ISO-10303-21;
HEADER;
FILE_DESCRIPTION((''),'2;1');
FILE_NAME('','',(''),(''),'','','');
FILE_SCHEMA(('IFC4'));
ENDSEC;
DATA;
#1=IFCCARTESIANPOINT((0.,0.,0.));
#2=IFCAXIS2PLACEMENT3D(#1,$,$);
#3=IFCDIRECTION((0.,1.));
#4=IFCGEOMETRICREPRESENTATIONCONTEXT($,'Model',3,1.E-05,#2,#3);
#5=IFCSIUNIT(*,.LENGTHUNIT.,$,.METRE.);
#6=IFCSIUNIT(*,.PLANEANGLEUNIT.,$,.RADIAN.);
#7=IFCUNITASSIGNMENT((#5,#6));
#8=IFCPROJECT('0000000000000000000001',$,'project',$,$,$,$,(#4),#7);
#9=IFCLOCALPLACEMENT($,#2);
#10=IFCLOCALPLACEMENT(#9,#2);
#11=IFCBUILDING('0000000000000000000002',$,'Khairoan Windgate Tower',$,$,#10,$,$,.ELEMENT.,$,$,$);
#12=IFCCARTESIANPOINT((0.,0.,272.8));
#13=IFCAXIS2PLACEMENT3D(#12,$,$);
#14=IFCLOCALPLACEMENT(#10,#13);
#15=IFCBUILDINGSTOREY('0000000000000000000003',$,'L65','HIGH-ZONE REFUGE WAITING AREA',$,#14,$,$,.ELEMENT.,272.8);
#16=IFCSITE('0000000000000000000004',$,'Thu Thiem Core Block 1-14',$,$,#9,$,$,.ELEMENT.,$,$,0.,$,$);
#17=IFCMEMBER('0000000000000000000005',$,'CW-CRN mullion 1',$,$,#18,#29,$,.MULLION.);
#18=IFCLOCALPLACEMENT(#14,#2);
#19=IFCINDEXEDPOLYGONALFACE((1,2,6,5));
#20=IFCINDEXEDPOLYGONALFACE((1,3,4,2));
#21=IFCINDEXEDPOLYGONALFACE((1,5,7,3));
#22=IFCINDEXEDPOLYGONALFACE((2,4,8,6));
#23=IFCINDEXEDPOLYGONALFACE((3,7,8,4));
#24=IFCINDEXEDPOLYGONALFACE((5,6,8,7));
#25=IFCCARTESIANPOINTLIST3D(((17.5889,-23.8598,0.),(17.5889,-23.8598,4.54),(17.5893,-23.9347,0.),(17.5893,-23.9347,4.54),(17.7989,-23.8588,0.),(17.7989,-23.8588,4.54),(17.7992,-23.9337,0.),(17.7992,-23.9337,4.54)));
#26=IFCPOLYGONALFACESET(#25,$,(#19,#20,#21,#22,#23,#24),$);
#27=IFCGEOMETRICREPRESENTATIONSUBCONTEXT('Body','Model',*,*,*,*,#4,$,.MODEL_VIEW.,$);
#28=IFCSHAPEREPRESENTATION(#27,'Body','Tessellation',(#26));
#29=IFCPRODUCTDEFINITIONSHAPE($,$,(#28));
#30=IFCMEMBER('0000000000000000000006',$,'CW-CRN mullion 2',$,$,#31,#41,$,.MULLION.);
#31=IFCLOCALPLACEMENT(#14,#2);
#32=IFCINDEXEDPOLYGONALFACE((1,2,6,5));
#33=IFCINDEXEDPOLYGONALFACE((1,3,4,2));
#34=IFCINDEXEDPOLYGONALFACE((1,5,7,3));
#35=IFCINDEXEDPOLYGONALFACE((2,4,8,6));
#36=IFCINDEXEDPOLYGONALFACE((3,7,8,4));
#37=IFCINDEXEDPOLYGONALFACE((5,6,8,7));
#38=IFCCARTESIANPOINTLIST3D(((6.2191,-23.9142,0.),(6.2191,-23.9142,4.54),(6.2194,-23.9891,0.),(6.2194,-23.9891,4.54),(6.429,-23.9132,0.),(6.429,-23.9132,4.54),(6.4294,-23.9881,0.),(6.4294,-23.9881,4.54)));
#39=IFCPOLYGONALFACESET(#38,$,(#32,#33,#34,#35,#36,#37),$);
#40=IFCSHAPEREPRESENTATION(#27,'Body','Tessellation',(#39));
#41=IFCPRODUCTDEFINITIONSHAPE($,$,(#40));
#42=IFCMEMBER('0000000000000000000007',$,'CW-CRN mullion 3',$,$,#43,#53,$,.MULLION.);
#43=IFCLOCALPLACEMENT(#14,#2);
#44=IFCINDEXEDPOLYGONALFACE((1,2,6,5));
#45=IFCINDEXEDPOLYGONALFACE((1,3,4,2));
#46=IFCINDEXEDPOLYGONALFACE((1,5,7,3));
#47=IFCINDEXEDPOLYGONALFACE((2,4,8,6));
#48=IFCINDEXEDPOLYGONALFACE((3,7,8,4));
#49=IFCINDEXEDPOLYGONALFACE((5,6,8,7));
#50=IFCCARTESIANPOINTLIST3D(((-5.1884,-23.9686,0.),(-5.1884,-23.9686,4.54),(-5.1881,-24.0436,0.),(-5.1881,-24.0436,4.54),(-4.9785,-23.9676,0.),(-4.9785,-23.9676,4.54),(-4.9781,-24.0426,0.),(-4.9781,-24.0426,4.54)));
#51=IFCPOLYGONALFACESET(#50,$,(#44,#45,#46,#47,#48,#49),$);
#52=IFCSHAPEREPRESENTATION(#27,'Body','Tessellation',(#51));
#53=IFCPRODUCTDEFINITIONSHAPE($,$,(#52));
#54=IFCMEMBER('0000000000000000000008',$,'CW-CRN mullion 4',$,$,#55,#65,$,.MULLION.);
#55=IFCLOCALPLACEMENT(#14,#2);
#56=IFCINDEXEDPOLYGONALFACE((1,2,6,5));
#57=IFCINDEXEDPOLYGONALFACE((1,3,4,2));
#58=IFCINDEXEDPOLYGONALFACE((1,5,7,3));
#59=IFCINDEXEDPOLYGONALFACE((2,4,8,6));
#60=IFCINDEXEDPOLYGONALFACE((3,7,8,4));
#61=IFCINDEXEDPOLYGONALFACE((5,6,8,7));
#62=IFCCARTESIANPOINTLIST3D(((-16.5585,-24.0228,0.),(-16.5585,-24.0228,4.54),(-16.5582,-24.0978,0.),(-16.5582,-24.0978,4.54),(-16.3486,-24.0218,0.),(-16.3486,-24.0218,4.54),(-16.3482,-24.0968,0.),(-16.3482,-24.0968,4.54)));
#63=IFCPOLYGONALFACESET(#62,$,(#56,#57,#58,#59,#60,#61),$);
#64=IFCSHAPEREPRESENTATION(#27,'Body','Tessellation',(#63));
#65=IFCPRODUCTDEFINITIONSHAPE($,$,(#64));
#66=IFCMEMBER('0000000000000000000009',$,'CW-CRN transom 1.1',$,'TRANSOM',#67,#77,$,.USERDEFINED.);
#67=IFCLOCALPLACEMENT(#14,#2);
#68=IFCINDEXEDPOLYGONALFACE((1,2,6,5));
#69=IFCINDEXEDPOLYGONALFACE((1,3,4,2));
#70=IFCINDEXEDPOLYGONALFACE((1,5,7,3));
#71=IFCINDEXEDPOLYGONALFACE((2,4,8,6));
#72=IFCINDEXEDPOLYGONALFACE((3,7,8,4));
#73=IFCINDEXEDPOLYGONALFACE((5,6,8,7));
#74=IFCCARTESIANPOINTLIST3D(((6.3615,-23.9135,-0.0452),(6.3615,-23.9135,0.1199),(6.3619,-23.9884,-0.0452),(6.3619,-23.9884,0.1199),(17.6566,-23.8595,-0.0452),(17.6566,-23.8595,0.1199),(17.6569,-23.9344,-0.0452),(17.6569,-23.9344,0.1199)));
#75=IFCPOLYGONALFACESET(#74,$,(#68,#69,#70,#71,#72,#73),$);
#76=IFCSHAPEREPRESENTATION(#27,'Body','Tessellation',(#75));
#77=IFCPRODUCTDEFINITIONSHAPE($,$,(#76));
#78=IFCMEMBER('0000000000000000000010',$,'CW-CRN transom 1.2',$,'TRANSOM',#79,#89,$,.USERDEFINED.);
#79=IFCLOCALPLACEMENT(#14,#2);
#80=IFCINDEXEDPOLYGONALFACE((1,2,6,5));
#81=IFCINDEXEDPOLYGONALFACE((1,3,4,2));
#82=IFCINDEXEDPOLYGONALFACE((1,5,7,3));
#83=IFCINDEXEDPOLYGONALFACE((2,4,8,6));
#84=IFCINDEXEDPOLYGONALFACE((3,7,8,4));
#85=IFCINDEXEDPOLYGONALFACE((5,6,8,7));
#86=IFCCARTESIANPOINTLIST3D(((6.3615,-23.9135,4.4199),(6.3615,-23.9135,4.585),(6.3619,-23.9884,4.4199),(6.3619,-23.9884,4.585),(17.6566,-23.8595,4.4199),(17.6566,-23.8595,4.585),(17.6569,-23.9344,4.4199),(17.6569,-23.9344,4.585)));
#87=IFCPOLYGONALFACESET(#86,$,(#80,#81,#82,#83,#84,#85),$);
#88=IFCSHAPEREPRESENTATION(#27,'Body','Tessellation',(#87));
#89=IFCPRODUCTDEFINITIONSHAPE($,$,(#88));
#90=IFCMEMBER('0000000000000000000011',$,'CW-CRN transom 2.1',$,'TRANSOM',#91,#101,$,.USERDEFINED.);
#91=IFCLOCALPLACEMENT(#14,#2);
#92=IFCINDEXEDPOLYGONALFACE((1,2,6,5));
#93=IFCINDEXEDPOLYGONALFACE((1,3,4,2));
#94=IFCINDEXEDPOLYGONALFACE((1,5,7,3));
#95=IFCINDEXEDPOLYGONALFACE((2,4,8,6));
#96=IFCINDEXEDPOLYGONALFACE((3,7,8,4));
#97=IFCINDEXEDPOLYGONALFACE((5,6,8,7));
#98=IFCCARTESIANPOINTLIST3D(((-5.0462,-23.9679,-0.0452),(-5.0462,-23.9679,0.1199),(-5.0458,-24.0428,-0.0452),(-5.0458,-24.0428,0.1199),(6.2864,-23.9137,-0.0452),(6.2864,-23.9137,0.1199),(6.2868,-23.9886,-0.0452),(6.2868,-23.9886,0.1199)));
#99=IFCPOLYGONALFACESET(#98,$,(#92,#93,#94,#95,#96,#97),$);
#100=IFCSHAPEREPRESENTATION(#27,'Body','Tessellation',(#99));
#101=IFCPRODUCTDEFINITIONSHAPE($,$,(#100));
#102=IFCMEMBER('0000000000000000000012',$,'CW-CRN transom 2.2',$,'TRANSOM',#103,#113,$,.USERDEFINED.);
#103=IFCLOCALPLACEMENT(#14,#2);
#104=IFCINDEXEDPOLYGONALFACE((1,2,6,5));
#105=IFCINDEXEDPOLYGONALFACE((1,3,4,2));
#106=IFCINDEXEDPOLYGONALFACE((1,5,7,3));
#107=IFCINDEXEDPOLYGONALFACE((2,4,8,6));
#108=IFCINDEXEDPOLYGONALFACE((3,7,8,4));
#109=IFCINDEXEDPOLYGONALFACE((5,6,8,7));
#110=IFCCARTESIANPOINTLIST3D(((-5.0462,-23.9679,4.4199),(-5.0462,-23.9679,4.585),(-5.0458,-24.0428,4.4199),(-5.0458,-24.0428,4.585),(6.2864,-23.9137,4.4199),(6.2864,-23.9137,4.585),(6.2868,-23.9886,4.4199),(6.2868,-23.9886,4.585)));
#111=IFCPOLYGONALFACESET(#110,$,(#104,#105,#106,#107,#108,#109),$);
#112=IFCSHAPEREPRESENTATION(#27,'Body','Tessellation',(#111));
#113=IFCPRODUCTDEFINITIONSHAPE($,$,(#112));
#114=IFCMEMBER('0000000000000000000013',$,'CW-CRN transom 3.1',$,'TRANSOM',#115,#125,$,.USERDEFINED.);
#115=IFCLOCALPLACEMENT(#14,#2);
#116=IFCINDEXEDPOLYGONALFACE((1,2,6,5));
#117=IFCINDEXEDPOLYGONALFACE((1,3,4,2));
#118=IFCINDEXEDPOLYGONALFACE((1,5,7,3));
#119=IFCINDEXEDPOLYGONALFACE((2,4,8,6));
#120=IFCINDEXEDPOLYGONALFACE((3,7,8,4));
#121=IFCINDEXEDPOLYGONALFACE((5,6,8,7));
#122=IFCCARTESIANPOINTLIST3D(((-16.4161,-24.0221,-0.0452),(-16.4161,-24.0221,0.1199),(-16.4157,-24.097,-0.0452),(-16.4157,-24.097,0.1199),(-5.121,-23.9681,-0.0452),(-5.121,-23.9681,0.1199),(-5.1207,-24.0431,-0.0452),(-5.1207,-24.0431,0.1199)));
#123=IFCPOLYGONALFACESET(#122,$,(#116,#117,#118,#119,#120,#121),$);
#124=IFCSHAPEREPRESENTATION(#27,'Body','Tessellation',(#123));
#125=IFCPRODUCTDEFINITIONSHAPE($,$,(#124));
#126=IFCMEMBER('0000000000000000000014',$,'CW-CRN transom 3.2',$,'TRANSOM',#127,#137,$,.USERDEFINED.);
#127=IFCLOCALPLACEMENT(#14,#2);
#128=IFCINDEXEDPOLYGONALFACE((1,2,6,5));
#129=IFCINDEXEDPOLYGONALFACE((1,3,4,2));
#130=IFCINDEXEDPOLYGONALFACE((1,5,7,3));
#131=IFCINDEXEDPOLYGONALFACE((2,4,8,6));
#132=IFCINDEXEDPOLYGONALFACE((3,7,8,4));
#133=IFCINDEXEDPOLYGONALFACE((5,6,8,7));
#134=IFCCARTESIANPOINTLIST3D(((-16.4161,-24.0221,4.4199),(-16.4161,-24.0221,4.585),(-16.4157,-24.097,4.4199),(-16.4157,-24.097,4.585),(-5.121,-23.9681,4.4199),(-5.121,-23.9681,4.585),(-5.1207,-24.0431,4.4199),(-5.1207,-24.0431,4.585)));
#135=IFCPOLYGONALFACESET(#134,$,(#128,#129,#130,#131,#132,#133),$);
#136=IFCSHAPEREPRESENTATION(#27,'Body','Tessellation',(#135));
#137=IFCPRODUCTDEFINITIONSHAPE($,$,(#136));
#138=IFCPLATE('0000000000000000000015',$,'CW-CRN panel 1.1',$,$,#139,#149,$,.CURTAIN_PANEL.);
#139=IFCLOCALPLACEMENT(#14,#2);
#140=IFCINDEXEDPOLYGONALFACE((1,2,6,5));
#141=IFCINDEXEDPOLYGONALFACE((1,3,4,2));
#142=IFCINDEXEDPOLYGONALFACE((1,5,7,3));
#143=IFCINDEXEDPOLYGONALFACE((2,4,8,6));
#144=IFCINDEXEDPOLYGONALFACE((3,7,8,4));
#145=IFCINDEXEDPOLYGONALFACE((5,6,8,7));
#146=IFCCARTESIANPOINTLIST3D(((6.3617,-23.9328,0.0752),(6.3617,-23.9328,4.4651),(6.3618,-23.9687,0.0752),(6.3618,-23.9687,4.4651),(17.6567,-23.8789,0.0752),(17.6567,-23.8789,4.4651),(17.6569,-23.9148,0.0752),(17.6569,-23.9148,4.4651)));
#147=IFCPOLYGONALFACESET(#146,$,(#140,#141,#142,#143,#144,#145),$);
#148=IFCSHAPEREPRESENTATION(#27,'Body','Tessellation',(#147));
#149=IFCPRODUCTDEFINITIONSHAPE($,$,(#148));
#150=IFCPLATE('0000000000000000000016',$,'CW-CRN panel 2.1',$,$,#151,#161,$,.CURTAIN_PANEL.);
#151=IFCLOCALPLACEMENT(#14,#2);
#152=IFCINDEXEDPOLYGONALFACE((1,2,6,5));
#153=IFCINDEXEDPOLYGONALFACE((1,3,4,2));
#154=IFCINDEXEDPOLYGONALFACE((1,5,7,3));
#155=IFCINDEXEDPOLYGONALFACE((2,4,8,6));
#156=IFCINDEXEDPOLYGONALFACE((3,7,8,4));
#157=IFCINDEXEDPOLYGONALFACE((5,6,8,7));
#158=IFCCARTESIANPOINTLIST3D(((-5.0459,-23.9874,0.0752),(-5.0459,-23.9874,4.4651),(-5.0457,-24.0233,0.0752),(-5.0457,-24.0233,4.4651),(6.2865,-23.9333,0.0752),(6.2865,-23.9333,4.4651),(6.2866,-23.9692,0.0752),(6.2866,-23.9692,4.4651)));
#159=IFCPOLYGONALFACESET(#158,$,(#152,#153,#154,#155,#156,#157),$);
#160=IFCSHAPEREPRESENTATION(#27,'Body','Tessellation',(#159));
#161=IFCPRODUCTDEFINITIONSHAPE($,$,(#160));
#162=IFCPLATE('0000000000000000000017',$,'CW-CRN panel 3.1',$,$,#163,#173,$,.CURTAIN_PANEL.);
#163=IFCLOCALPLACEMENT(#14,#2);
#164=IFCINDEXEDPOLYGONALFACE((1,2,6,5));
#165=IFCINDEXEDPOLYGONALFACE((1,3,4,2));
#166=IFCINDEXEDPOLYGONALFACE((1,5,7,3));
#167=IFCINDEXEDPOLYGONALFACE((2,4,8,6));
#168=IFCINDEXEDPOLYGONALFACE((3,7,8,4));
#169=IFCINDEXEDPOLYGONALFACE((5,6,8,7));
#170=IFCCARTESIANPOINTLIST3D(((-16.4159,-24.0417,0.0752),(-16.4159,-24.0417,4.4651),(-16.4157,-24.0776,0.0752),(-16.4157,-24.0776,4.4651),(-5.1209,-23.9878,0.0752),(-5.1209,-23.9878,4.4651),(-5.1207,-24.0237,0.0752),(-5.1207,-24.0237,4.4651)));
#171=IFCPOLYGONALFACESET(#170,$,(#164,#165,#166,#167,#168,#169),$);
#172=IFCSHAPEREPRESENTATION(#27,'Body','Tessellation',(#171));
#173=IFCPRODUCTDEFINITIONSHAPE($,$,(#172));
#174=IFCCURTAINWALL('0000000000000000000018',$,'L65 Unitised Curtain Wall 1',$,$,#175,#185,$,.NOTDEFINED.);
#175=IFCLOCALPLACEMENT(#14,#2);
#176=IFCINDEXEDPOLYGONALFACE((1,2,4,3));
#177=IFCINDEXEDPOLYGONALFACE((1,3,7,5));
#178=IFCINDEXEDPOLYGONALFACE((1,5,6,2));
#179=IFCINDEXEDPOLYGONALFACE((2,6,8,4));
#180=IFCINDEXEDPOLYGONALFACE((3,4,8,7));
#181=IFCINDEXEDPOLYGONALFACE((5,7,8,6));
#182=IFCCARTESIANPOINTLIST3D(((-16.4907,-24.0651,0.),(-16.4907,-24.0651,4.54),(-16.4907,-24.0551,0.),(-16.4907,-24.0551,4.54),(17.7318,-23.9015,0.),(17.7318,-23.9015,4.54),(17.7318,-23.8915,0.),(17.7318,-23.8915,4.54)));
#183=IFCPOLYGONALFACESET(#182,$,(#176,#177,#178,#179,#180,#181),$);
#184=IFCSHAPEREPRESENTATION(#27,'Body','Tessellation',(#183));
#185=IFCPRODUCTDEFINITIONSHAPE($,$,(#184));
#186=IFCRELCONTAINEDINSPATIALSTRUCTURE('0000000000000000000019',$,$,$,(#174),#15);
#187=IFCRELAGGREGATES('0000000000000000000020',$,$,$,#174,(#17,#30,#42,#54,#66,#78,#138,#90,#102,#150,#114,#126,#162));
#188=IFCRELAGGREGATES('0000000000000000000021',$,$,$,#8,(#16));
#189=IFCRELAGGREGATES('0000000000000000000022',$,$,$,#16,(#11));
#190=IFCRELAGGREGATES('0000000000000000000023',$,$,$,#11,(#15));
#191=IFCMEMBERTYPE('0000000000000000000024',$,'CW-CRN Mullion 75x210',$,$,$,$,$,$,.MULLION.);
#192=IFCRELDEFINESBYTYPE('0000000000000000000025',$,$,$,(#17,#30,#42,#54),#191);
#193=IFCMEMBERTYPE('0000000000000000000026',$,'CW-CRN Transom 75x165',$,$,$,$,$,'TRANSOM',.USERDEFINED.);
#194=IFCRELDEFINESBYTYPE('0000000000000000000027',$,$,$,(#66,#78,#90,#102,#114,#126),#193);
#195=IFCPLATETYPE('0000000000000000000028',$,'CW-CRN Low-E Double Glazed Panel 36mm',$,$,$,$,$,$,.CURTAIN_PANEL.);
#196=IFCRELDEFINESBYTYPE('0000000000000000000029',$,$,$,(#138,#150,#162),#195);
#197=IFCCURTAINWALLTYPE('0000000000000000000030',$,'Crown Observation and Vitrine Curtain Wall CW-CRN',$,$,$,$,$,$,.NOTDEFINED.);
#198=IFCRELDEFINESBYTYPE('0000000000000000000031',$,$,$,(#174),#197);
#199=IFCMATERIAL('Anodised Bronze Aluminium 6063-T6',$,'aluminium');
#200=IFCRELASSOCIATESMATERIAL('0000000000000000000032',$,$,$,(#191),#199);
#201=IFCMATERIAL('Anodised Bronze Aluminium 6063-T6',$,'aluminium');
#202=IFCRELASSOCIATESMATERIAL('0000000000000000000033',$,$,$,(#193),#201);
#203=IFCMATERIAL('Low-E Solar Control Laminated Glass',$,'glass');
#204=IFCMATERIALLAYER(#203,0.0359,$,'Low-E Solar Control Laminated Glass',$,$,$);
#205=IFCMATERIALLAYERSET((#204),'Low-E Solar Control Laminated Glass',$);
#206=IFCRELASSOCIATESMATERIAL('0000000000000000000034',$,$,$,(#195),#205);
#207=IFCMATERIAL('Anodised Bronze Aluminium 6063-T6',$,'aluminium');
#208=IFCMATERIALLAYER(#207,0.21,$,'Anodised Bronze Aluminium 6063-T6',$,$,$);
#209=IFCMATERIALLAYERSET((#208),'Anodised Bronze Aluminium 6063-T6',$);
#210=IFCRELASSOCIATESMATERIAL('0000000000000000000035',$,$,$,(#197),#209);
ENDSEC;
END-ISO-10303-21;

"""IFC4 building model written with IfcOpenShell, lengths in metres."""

from ifc_helpers import new_model, si_unit, direction, frame, frame_2d, origin, origin_2d, place, context, subcontext, project, spatial, rectangle, extrude, material, layer, layer_set, material_profile, profile_set, type_object, element, aggregate, save


model = new_model("IFC4")

# Units and contexts
model_context = context("Model", 3, precision=1e-05, world=origin(), true_north=direction((0.0, 1.0)))
body_context = subcontext(model_context, "Body", "Model", "MODEL_VIEW")
ifc_project = project(units=[si_unit("LENGTHUNIT", "METRE"), si_unit("PLANEANGLEUNIT", "RADIAN")], contexts=[model_context])

# Site, building, storey
site_placement = place(None, origin())
site = spatial("IfcSite", under=ifc_project, at=site_placement, Name="Thu Thiem Core Block 1-14", CompositionType="ELEMENT", RefElevation=0.0)
building_placement = place(site_placement, origin())
building = spatial("IfcBuilding", under=site, at=building_placement, Name="Khairoan Windgate Tower", CompositionType="ELEMENT")
storey_placement = place(building_placement, frame((0.0, 0.0, 272.8)))
storey = spatial("IfcBuildingStorey", under=building, at=storey_placement, Name="L65", Description="HIGH-ZONE REFUGE WAITING AREA", CompositionType="ELEMENT", Elevation=272.8)

# Members
ifc_material_1 = material(Name="Anodised Bronze Aluminium 6063-T6", Category="aluminium")
ifc_material_profile_1 = material_profile(ifc_material_1, rectangle(XDim=0.075, YDim=0.21, at=origin_2d()))
ifc_profile_set_1 = profile_set([ifc_material_profile_1], Name="Anodised Bronze Aluminium 6063-T6")
member_type_1 = type_object("IfcMemberType", Name="CW-CRN Mullion 75x210", PredefinedType="MULLION", material=ifc_profile_set_1)
member_1_placement = place(storey_placement, frame((17.6941, -23.8967, 0.0), z_axis=(0.0, 0.0, 1.0), x_axis=(0.004775, -0.999989, 0.0)))
member_1 = element("IfcMember", 1, at=member_1_placement, type_object=member_type_1, Name="CW-CRN mullion 1", PredefinedType="MULLION", context=body_context, shape_type="SweptSolid", body=[
    extrude(rectangle(XDim=0.075, YDim=0.21, at=origin_2d()), origin(), (0.0, 0.0, 1.0), 4.54),
])
member_2_placement = place(storey_placement, frame((6.3242, -23.9512, 0.0), z_axis=(0.0, 0.0, 1.0), x_axis=(0.004775, -0.999989, 0.0)))
member_2 = element("IfcMember", 2, at=member_2_placement, type_object=member_type_1, Name="CW-CRN mullion 2", PredefinedType="MULLION", context=body_context, shape_type="SweptSolid", body=[
    extrude(rectangle(XDim=0.075, YDim=0.21, at=origin_2d()), origin(), (0.0, 0.0, 1.0), 4.54),
])
member_3_placement = place(storey_placement, frame((-5.0833, -24.0056, 0.0), z_axis=(0.0, 0.0, 1.0), x_axis=(0.004775, -0.999989, 0.0)))
member_3 = element("IfcMember", 3, at=member_3_placement, type_object=member_type_1, Name="CW-CRN mullion 3", PredefinedType="MULLION", context=body_context, shape_type="SweptSolid", body=[
    extrude(rectangle(XDim=0.075, YDim=0.21, at=origin_2d()), origin(), (0.0, 0.0, 1.0), 4.54),
])
member_4_placement = place(storey_placement, frame((-16.4534, -24.0598, 0.0), z_axis=(0.0, 0.0, 1.0), x_axis=(0.004775, -0.999989, 0.0)))
member_4 = element("IfcMember", 4, at=member_4_placement, type_object=member_type_1, Name="CW-CRN mullion 4", PredefinedType="MULLION", context=body_context, shape_type="SweptSolid", body=[
    extrude(rectangle(XDim=0.075, YDim=0.21, at=origin_2d()), origin(), (0.0, 0.0, 1.0), 4.54),
])
ifc_material_2 = material(Name="Anodised Bronze Aluminium 6063-T6", Category="aluminium")
ifc_material_profile_2 = material_profile(ifc_material_2, rectangle(XDim=0.075, YDim=0.165, at=origin_2d()))
ifc_profile_set_2 = profile_set([ifc_material_profile_2], Name="Anodised Bronze Aluminium 6063-T6")
member_type_2 = type_object("IfcMemberType", Name="CW-CRN Transom 75x165", ElementType="TRANSOM", PredefinedType="USERDEFINED", material=ifc_profile_set_2)
member_5_placement = place(storey_placement, frame((17.6567, -23.897, 0.0374), z_axis=(-0.999989, -0.004777, 0.0), x_axis=(0.004777, -0.999989, 0.0)))
member_5 = element("IfcMember", 5, at=member_5_placement, type_object=member_type_2, Name="CW-CRN transom 1.1", ObjectType="TRANSOM", PredefinedType="USERDEFINED", context=body_context, shape_type="SweptSolid", body=[
    extrude(rectangle(XDim=0.075, YDim=0.165, at=origin_2d()), origin(), (0.0, 0.0, 1.0), 11.2952),
])
member_6_placement = place(storey_placement, frame((17.6567, -23.897, 4.5024), z_axis=(-0.999989, -0.004777, 0.0), x_axis=(0.004777, -0.999989, 0.0)))
member_6 = element("IfcMember", 6, at=member_6_placement, type_object=member_type_2, Name="CW-CRN transom 1.2", ObjectType="TRANSOM", PredefinedType="USERDEFINED", context=body_context, shape_type="SweptSolid", body=[
    extrude(rectangle(XDim=0.075, YDim=0.165, at=origin_2d()), origin(), (0.0, 0.0, 1.0), 11.2952),
])
member_7_placement = place(storey_placement, frame((6.2866, -23.9512, 0.0374), z_axis=(-0.999989, -0.004783, 0.0), x_axis=(0.004783, -0.999989, 0.0)))
member_7 = element("IfcMember", 7, at=member_7_placement, type_object=member_type_2, Name="CW-CRN transom 2.1", ObjectType="TRANSOM", PredefinedType="USERDEFINED", context=body_context, shape_type="SweptSolid", body=[
    extrude(rectangle(XDim=0.075, YDim=0.165, at=origin_2d()), origin(), (0.0, 0.0, 1.0), 11.3328),
])
member_8_placement = place(storey_placement, frame((6.2866, -23.9512, 4.5024), z_axis=(-0.999989, -0.004783, 0.0), x_axis=(0.004783, -0.999989, 0.0)))
member_8 = element("IfcMember", 8, at=member_8_placement, type_object=member_type_2, Name="CW-CRN transom 2.2", ObjectType="TRANSOM", PredefinedType="USERDEFINED", context=body_context, shape_type="SweptSolid", body=[
    extrude(rectangle(XDim=0.075, YDim=0.165, at=origin_2d()), origin(), (0.0, 0.0, 1.0), 11.3328),
])
member_9_placement = place(storey_placement, frame((-5.1208, -24.0056, 0.0374), z_axis=(-0.999989, -0.004777, 0.0), x_axis=(0.004777, -0.999989, 0.0)))
member_9 = element("IfcMember", 9, at=member_9_placement, type_object=member_type_2, Name="CW-CRN transom 3.1", ObjectType="TRANSOM", PredefinedType="USERDEFINED", context=body_context, shape_type="SweptSolid", body=[
    extrude(rectangle(XDim=0.075, YDim=0.165, at=origin_2d()), origin(), (0.0, 0.0, 1.0), 11.2952),
])
member_10_placement = place(storey_placement, frame((-5.1208, -24.0056, 4.5024), z_axis=(-0.999989, -0.004777, 0.0), x_axis=(0.004777, -0.999989, 0.0)))
member_10 = element("IfcMember", 10, at=member_10_placement, type_object=member_type_2, Name="CW-CRN transom 3.2", ObjectType="TRANSOM", PredefinedType="USERDEFINED", context=body_context, shape_type="SweptSolid", body=[
    extrude(rectangle(XDim=0.075, YDim=0.165, at=origin_2d()), origin(), (0.0, 0.0, 1.0), 11.2952),
])

# Plates
ifc_material_3 = material(Name="Low-E Solar Control Laminated Glass", Category="glass")
ifc_layer_1 = layer(ifc_material_3, 0.0359, Name="Low-E Solar Control Laminated Glass")
ifc_layer_set_1 = layer_set([ifc_layer_1], Name="Low-E Solar Control Laminated Glass")
plate_type_1 = type_object("IfcPlateType", Name="CW-CRN Low-E Double Glazed Panel 36mm", PredefinedType="CURTAIN_PANEL", material=ifc_layer_set_1)
plate_1_placement = place(storey_placement, frame((12.0093, -23.9238, 0.0752), z_axis=(0.0, 0.0, 1.0), x_axis=(-0.999989, -0.004775, 0.0)))
plate_1 = element("IfcPlate", 11, at=plate_1_placement, type_object=plate_type_1, Name="CW-CRN panel 1.1", PredefinedType="CURTAIN_PANEL", context=body_context, shape_type="SweptSolid", body=[
    extrude(rectangle(XDim=11.2952, YDim=0.0359, at=origin_2d()), origin(), (0.0, 0.0, 1.0), 4.3899),
])
plate_2_placement = place(storey_placement, frame((0.6204, -23.9783, 0.0752), z_axis=(0.0, 0.0, 1.0), x_axis=(-0.999989, -0.004775, 0.0)))
plate_2 = element("IfcPlate", 12, at=plate_2_placement, type_object=plate_type_1, Name="CW-CRN panel 2.1", PredefinedType="CURTAIN_PANEL", context=body_context, shape_type="SweptSolid", body=[
    extrude(rectangle(XDim=11.3325, YDim=0.0359, at=origin_2d()), origin(), (0.0, 0.0, 1.0), 4.3899),
])
plate_3_placement = place(storey_placement, frame((-10.7683, -24.0327, 0.0752), z_axis=(0.0, 0.0, 1.0), x_axis=(-0.999989, -0.004775, 0.0)))
plate_3 = element("IfcPlate", 13, at=plate_3_placement, type_object=plate_type_1, Name="CW-CRN panel 3.1", PredefinedType="CURTAIN_PANEL", context=body_context, shape_type="SweptSolid", body=[
    extrude(rectangle(XDim=11.2952, YDim=0.0359, at=origin_2d()), origin(), (0.0, 0.0, 1.0), 4.3899),
])

# Curtain wall
ifc_material_4 = material(Name="Anodised Bronze Aluminium 6063-T6", Category="aluminium")
ifc_layer_2 = layer(ifc_material_4, 0.21, Name="Anodised Bronze Aluminium 6063-T6")
ifc_layer_set_2 = layer_set([ifc_layer_2], Name="Anodised Bronze Aluminium 6063-T6")
curtain_wall_type = type_object("IfcCurtainWallType", Name="Crown Observation and Vitrine Curtain Wall CW-CRN", PredefinedType="NOTDEFINED", material=ifc_layer_set_2)
curtain_wall_placement = place(storey_placement, frame((17.7317, -23.8965, 0.0), z_axis=(0.0, 0.0, 1.0), x_axis=(-0.999989, -0.00478, 0.0)))
curtain_wall = element("IfcCurtainWall", 14, at=curtain_wall_placement, inside=storey, type_object=curtain_wall_type, Name="L65 Unitised Curtain Wall 1", PredefinedType="NOTDEFINED", context=body_context, shape_type="SweptSolid", body=[
    extrude(rectangle(XDim=34.2229, YDim=0.01, at=frame_2d((17.1113, 0.0))), origin(), (0.0, 0.0, 1.0), 4.54),
])
aggregate(curtain_wall, [member_1, member_2, member_3, member_4, member_5, member_6, plate_1, member_7, member_8, plate_2, member_9, member_10, plate_3])

save(model, "model.ifc")
